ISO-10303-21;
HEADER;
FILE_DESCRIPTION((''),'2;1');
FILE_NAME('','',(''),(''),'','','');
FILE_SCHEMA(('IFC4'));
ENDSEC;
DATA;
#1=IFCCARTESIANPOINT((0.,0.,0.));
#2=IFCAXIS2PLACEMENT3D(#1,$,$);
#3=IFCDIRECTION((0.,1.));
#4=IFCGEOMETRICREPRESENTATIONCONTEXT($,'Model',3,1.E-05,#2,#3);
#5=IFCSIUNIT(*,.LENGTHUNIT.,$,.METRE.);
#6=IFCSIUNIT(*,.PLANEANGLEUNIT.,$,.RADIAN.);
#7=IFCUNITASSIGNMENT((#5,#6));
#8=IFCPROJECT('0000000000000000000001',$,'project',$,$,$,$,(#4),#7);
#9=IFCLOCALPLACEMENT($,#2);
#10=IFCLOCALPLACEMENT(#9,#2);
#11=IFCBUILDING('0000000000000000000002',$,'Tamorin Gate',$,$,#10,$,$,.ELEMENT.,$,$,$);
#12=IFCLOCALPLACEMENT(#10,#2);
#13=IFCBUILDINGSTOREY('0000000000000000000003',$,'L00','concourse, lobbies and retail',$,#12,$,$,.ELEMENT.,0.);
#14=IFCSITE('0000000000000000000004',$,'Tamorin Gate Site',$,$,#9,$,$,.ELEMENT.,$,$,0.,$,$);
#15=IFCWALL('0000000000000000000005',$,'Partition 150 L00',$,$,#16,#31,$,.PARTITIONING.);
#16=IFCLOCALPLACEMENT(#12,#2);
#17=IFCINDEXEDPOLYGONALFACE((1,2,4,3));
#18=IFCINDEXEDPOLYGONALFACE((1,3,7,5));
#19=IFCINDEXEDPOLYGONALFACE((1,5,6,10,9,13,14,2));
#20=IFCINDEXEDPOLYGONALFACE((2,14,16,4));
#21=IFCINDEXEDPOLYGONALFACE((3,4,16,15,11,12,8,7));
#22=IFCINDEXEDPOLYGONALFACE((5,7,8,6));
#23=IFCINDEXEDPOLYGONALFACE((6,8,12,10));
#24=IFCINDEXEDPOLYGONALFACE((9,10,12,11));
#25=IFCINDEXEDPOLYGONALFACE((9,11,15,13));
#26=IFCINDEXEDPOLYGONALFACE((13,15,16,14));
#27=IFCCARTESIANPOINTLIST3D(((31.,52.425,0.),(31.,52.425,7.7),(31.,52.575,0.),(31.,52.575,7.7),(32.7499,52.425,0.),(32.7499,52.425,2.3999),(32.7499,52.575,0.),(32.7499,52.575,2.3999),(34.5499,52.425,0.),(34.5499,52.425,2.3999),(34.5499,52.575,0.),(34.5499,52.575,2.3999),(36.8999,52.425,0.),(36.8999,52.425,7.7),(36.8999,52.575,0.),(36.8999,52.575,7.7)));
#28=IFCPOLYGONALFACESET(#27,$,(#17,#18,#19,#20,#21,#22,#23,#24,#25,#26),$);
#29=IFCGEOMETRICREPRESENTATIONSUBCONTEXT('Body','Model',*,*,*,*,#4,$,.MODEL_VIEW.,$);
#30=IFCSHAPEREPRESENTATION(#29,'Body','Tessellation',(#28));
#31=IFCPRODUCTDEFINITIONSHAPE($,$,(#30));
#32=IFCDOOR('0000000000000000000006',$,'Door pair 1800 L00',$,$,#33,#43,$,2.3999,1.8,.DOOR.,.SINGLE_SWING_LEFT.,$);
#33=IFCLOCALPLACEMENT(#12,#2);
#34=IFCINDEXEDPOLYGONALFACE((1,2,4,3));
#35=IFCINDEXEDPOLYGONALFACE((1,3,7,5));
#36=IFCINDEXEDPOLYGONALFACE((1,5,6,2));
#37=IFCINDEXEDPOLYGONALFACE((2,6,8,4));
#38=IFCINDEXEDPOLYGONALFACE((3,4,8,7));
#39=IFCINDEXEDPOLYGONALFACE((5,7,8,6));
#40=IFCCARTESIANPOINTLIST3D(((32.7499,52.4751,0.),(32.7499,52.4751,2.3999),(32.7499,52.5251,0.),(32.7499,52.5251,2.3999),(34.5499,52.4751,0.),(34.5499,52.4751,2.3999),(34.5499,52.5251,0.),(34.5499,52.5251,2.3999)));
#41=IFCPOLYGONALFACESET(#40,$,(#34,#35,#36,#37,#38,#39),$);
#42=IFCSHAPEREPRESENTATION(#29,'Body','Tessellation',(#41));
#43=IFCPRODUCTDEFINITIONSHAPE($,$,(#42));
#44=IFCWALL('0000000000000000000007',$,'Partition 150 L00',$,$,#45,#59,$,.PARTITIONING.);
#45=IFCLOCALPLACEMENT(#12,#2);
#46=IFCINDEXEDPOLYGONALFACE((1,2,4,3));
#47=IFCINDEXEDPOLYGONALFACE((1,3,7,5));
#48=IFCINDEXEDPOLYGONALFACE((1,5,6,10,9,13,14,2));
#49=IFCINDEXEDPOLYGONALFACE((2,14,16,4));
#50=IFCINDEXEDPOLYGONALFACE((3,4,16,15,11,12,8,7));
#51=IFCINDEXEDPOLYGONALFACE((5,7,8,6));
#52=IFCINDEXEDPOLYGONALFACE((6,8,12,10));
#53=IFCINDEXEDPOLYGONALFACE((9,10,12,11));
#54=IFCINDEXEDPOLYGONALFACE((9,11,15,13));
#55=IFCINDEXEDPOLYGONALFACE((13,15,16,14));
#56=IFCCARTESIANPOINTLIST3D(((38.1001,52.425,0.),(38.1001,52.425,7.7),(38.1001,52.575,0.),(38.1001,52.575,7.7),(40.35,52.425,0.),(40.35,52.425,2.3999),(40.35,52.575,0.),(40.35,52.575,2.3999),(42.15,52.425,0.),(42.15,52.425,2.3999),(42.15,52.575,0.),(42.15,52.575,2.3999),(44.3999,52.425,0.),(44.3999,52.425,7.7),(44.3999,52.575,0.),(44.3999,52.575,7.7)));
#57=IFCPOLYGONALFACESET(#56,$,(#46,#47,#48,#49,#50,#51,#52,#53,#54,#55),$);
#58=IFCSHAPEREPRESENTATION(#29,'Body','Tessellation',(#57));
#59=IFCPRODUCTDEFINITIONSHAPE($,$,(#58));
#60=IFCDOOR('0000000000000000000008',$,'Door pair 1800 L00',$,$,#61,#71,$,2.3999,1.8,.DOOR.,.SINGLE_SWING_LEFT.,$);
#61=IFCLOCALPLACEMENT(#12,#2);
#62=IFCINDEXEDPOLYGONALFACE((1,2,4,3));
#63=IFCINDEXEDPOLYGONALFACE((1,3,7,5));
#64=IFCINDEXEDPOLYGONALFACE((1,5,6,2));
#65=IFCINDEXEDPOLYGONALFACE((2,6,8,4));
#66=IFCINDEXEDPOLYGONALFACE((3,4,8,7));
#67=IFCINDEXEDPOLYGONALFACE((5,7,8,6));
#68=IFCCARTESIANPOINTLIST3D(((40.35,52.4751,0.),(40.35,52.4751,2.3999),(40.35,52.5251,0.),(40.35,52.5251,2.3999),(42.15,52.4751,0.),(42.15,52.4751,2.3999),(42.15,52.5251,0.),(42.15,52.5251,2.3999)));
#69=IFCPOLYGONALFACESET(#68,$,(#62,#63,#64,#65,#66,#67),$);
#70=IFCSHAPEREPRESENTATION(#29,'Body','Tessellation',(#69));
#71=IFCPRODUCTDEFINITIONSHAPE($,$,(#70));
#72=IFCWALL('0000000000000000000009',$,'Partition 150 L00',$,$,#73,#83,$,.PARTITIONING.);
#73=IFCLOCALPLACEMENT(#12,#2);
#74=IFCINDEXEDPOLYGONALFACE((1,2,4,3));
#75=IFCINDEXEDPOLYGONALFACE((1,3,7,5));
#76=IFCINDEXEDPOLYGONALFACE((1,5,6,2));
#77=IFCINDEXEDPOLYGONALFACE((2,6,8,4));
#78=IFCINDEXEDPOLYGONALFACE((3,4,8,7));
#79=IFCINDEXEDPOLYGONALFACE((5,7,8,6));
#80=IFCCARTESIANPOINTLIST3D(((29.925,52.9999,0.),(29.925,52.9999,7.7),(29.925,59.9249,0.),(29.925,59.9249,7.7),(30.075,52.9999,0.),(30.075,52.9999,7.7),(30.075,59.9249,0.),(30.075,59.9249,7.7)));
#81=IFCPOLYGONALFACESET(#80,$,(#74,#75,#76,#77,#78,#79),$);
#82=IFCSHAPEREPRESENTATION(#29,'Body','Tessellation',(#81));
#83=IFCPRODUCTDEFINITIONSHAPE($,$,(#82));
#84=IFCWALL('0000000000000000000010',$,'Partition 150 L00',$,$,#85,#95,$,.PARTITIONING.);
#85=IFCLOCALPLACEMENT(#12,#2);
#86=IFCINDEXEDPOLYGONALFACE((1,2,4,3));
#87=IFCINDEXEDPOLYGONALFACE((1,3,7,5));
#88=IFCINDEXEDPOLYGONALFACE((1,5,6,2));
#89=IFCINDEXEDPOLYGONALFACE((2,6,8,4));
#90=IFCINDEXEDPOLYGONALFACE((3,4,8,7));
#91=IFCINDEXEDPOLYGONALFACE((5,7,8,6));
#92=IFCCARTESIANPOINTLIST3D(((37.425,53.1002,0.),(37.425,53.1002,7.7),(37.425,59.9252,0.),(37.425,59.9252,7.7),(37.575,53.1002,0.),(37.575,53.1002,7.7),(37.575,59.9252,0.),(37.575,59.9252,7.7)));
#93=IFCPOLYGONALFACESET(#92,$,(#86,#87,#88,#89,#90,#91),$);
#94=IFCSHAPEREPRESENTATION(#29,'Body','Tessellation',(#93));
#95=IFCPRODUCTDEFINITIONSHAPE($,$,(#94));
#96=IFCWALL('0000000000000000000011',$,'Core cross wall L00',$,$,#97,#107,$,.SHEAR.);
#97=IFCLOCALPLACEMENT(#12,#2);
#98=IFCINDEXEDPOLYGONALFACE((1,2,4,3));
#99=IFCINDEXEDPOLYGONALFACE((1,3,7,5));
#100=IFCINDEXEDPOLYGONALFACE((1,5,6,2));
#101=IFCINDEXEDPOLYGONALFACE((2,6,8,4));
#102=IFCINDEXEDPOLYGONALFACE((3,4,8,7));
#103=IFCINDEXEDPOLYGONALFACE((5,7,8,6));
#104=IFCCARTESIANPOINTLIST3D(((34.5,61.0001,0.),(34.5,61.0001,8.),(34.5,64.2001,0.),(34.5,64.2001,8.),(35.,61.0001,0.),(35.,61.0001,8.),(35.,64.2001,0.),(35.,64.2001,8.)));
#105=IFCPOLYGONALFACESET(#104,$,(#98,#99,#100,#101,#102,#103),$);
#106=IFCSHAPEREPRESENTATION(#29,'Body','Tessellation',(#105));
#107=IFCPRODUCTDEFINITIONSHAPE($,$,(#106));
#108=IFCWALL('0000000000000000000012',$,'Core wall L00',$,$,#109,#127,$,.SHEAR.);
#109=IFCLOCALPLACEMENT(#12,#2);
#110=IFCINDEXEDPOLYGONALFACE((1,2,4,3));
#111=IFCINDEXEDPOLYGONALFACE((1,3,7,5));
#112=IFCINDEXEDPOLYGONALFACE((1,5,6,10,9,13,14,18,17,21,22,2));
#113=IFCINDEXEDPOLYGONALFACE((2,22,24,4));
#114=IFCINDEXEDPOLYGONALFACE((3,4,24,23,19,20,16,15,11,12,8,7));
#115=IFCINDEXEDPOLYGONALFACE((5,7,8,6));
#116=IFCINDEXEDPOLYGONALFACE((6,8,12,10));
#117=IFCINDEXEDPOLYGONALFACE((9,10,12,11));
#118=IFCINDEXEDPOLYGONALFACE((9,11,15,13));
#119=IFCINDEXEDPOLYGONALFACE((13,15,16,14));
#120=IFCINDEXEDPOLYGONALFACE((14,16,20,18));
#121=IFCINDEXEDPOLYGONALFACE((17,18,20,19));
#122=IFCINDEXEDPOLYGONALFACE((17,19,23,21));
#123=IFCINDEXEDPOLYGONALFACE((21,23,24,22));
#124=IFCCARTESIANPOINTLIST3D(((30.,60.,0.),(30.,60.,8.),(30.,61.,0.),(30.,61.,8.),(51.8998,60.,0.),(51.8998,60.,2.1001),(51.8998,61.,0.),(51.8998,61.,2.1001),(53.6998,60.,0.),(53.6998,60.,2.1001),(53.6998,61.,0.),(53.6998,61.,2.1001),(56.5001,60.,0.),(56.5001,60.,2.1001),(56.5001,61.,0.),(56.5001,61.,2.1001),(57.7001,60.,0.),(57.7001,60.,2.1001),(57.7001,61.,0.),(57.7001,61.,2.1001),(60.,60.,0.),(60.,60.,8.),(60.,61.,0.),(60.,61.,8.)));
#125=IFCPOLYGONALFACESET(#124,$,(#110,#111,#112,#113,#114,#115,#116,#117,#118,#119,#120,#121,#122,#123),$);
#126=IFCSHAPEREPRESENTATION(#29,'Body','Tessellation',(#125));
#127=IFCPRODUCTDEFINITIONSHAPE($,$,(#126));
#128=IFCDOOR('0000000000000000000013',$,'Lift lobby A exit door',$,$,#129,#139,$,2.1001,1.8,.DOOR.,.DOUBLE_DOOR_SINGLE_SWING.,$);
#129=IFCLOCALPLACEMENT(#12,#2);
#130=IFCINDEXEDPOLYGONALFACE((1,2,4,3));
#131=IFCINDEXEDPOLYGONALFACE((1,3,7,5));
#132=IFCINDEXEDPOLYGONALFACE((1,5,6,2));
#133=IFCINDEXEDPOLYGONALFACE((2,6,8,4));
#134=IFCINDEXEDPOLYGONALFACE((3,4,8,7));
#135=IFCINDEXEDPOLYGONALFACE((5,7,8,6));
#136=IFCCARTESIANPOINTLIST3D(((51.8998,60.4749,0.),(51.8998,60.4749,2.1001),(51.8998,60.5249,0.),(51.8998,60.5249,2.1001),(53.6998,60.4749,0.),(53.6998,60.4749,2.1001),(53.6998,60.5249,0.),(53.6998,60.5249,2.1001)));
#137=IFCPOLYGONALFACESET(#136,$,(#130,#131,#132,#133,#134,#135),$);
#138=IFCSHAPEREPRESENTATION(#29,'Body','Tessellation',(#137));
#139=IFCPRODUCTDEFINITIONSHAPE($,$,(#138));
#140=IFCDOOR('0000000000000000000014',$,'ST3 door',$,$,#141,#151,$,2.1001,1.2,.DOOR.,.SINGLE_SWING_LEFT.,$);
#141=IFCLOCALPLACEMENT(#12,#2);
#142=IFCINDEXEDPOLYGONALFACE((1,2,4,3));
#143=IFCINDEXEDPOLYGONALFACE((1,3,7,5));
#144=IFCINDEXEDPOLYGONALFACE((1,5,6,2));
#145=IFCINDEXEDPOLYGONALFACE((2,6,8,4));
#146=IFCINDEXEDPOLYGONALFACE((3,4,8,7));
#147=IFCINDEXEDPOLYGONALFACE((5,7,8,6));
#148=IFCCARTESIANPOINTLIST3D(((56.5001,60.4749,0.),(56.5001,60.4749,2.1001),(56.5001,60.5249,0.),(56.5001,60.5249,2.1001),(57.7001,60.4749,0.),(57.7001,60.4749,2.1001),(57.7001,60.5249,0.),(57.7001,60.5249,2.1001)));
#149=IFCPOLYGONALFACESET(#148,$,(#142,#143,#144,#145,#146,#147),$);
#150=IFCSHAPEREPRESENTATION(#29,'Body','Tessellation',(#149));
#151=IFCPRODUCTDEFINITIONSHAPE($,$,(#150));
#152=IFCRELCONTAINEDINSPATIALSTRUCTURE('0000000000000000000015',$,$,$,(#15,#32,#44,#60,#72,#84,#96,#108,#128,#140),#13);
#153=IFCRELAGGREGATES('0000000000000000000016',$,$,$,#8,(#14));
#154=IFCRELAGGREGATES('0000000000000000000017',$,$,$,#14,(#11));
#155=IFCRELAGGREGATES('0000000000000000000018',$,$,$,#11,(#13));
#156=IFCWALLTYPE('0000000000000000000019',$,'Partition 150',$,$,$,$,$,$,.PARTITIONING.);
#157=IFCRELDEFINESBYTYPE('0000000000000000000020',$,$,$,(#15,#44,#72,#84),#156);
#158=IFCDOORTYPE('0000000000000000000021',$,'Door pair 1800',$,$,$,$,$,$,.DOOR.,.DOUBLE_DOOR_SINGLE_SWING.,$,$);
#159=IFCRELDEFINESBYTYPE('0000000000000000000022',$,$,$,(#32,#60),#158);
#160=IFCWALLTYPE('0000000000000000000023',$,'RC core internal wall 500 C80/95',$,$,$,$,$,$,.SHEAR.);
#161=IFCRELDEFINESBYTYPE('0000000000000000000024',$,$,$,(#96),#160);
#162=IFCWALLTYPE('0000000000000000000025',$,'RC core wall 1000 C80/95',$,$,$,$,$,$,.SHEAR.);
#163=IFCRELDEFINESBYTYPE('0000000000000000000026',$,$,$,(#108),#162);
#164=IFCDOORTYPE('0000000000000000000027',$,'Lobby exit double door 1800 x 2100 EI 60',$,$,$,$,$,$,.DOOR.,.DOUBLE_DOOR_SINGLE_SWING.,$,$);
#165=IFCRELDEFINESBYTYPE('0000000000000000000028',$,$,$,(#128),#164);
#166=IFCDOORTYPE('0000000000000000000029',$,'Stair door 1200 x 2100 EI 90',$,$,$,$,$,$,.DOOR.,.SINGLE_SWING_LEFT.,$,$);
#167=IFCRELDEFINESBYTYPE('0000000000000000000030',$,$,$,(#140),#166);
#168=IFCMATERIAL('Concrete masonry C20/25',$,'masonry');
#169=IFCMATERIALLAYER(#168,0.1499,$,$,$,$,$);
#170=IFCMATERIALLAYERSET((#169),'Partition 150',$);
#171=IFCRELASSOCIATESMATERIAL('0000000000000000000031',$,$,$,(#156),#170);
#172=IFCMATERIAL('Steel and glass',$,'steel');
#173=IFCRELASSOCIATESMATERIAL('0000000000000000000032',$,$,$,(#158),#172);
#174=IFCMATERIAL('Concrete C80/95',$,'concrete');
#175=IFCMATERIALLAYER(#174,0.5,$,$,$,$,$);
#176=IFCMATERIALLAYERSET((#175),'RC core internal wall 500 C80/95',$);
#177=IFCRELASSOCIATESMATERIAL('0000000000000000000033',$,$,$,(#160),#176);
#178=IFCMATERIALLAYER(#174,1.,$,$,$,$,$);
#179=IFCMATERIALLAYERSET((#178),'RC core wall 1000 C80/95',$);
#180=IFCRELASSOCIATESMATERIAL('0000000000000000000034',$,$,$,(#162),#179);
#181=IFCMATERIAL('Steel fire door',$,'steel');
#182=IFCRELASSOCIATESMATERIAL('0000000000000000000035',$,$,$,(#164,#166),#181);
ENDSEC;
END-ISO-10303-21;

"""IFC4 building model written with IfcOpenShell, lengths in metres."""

from ifc_helpers import new_model, si_unit, direction, frame, frame_2d, origin, place, context, subcontext, project, spatial, rectangle, extrude, material, layer, layer_set, type_object, element, fill, save


model = new_model("IFC4")

# Units and contexts
model_context = context("Model", 3, precision=1e-05, world=origin(), true_north=direction((0.0, 1.0)))
body_context = subcontext(model_context, "Body", "Model", "MODEL_VIEW")
ifc_project = project(units=[si_unit("LENGTHUNIT", "METRE"), si_unit("PLANEANGLEUNIT", "RADIAN")], contexts=[model_context])

# Site, building, storey
site_placement = place(None, origin())
site = spatial("IfcSite", under=ifc_project, at=site_placement, Name="Tamorin Gate Site", CompositionType="ELEMENT", RefElevation=0.0)
building_placement = place(site_placement, origin())
building = spatial("IfcBuilding", under=site, at=building_placement, Name="Tamorin Gate", CompositionType="ELEMENT")
storey_placement = place(building_placement, origin())
storey = spatial("IfcBuildingStorey", under=building, at=storey_placement, Name="L00", Description="concourse, lobbies and retail", CompositionType="ELEMENT", Elevation=0.0)

# Shared definitions
ifc_material_1 = material(Name="Concrete C80/95", Category="concrete")

# Shared definitions
ifc_material_2 = material(Name="Concrete masonry C20/25", Category="masonry")
ifc_layer_1 = layer(ifc_material_2, 0.1499)
ifc_layer_set_1 = layer_set([ifc_layer_1], Name="Partition 150")
wall_type_1 = type_object("IfcWallType", Name="Partition 150", PredefinedType="PARTITIONING", material=ifc_layer_set_1)
ifc_material_3 = material(Name="Steel and glass", Category="steel")
door_type_1 = type_object("IfcDoorType", Name="Door pair 1800", OperationType="DOUBLE_DOOR_SINGLE_SWING", PredefinedType="DOOR", material=ifc_material_3)

# Walls, openings, doors
wall_1_placement = place(storey_placement, frame((36.8999, 52.5, 0.0), z_axis=(0.0, 0.0, 1.0), x_axis=(-1.0, 0.0, 0.0)))
wall_1 = element("IfcWall", 1, at=wall_1_placement, inside=storey, type_object=wall_type_1, Name="Partition 150 L00", PredefinedType="PARTITIONING", context=body_context, shape_type="SweptSolid", body=[
    extrude(rectangle(XDim=5.8999, YDim=0.1499, at=frame_2d((2.95, 0.0))), origin(), (0.0, 0.0, 1.0), 7.7),
])
opening_1_placement = place(wall_1_placement, frame((2.3501, 0.0, 0.0)))
opening_1 = element("IfcOpeningElement", 2, at=opening_1_placement, cuts=wall_1, PredefinedType="OPENING", context=body_context, shape_type="SweptSolid", body=[
    extrude(rectangle(XDim=1.8, YDim=2.3999, at=frame_2d((0.8999, 1.2))), frame((0.0, 0.085, 0.0), z_axis=(0.0, -1.0, 0.0), x_axis=(1.0, 0.0, 0.0)), (0.0, 0.0, 1.0), 0.1699),
])
door_1_placement = place(opening_1_placement, origin())
door_1 = element("IfcDoor", 3, at=door_1_placement, inside=storey, type_object=door_type_1, Name="Door pair 1800 L00", OperationType="SINGLE_SWING_LEFT", OverallHeight=2.3999, OverallWidth=1.8, PredefinedType="DOOR", context=body_context, shape_type="SweptSolid", body=[
    extrude(rectangle(XDim=1.8, YDim=2.3999, at=frame_2d((0.8999, 1.2))), frame((0.0, 0.0249, 0.0), z_axis=(0.0, -1.0, 0.0), x_axis=(1.0, 0.0, 0.0)), (0.0, 0.0, 1.0), 0.05),
])
fill(opening_1, door_1)
wall_2_placement = place(storey_placement, frame((44.3999, 52.5, 0.0), z_axis=(0.0, 0.0, 1.0), x_axis=(-1.0, 0.0, 0.0)))
wall_2 = element("IfcWall", 4, at=wall_2_placement, inside=storey, type_object=wall_type_1, Name="Partition 150 L00", PredefinedType="PARTITIONING", context=body_context, shape_type="SweptSolid", body=[
    extrude(rectangle(XDim=6.2998, YDim=0.1499, at=frame_2d((3.1499, 0.0))), origin(), (0.0, 0.0, 1.0), 7.7),
])
opening_2_placement = place(wall_2_placement, frame((2.25, 0.0, 0.0)))
opening_2 = element("IfcOpeningElement", 5, at=opening_2_placement, cuts=wall_2, PredefinedType="OPENING", context=body_context, shape_type="SweptSolid", body=[
    extrude(rectangle(XDim=1.8, YDim=2.3999, at=frame_2d((0.8999, 1.2))), frame((0.0, 0.085, 0.0), z_axis=(0.0, -1.0, 0.0), x_axis=(1.0, 0.0, 0.0)), (0.0, 0.0, 1.0), 0.1699),
])
door_2_placement = place(opening_2_placement, origin())
door_2 = element("IfcDoor", 6, at=door_2_placement, inside=storey, type_object=door_type_1, Name="Door pair 1800 L00", OperationType="SINGLE_SWING_LEFT", OverallHeight=2.3999, OverallWidth=1.8, PredefinedType="DOOR", context=body_context, shape_type="SweptSolid", body=[
    extrude(rectangle(XDim=1.8, YDim=2.3999, at=frame_2d((0.8999, 1.2))), frame((0.0, 0.0249, 0.0), z_axis=(0.0, -1.0, 0.0), x_axis=(1.0, 0.0, 0.0)), (0.0, 0.0, 1.0), 0.05),
])
fill(opening_2, door_2)

# Walls
wall_3_placement = place(storey_placement, frame((30.0, 53.0, 0.0), z_axis=(0.0, 0.0, 1.0), x_axis=(0.0, 1.0, 0.0)))
element("IfcWall", 7, at=wall_3_placement, inside=storey, type_object=wall_type_1, Name="Partition 150 L00", PredefinedType="PARTITIONING", context=body_context, shape_type="SweptSolid", body=[
    extrude(rectangle(XDim=6.925, YDim=0.1499, at=frame_2d((3.4624, 0.0))), origin(), (0.0, 0.0, 1.0), 7.7),
])
wall_4_placement = place(storey_placement, frame((37.5, 53.1001, 0.0), z_axis=(0.0, 0.0, 1.0), x_axis=(0.0, 1.0, 0.0)))
element("IfcWall", 8, at=wall_4_placement, inside=storey, type_object=wall_type_1, Name="Partition 150 L00", PredefinedType="PARTITIONING", context=body_context, shape_type="SweptSolid", body=[
    extrude(rectangle(XDim=6.825, YDim=0.1499, at=frame_2d((3.4126, 0.0))), origin(), (0.0, 0.0, 1.0), 7.7),
])
ifc_layer_2 = layer(ifc_material_1, 0.5)
ifc_layer_set_2 = layer_set([ifc_layer_2], Name="RC core internal wall 500 C80/95")
wall_type_2 = type_object("IfcWallType", Name="RC core internal wall 500 C80/95", PredefinedType="SHEAR", material=ifc_layer_set_2)
wall_5_placement = place(storey_placement, frame((34.75, 61.0, 0.0), z_axis=(0.0, 0.0, 1.0), x_axis=(0.0, 1.0, 0.0)))
element("IfcWall", 9, at=wall_5_placement, inside=storey, type_object=wall_type_2, Name="Core cross wall L00", PredefinedType="SHEAR", context=body_context, shape_type="SweptSolid", body=[
    extrude(rectangle(XDim=3.2, YDim=0.5, at=frame_2d((1.6001, 0.0))), origin(), (0.0, 0.0, 1.0), 8.0),
])

# Wall, openings, doors
ifc_layer_3 = layer(ifc_material_1, 1.0)
ifc_layer_set_3 = layer_set([ifc_layer_3], Name="RC core wall 1000 C80/95")
wall_type_3 = type_object("IfcWallType", Name="RC core wall 1000 C80/95", PredefinedType="SHEAR", material=ifc_layer_set_3)
wall_6_placement = place(storey_placement, frame((30.0, 60.5, 0.0), z_axis=(0.0, 0.0, 1.0), x_axis=(1.0, 0.0, 0.0)))
wall_6 = element("IfcWall", 10, at=wall_6_placement, inside=storey, type_object=wall_type_3, Name="Core wall L00", PredefinedType="SHEAR", context=body_context, shape_type="SweptSolid", body=[
    extrude(rectangle(XDim=30.0, YDim=1.0, at=frame_2d((15.0, 0.0))), origin(), (0.0, 0.0, 1.0), 8.0),
])
opening_3_placement = place(wall_6_placement, frame((21.8999, 0.0, 0.0)))
opening_3 = element("IfcOpeningElement", 11, at=opening_3_placement, cuts=wall_6, PredefinedType="OPENING", context=body_context, shape_type="SweptSolid", body=[
    extrude(rectangle(XDim=1.8, YDim=2.1001, at=frame_2d((0.8999, 1.05))), frame((0.0, 0.51, 0.0), z_axis=(0.0, -1.0, 0.0), x_axis=(1.0, 0.0, 0.0)), (0.0, 0.0, 1.0), 1.02),
])
opening_4_placement = place(wall_6_placement, frame((26.5, 0.0, 0.0)))
opening_4 = element("IfcOpeningElement", 12, at=opening_4_placement, cuts=wall_6, PredefinedType="OPENING", context=body_context, shape_type="SweptSolid", body=[
    extrude(rectangle(XDim=1.2, YDim=2.1001, at=frame_2d((0.6001, 1.05))), frame((0.0, 0.51, 0.0), z_axis=(0.0, -1.0, 0.0), x_axis=(1.0, 0.0, 0.0)), (0.0, 0.0, 1.0), 1.02),
])
ifc_material_4 = material(Name="Steel fire door", Category="steel")
door_type_2 = type_object("IfcDoorType", Name="Lobby exit double door 1800 x 2100 EI 60", OperationType="DOUBLE_DOOR_SINGLE_SWING", PredefinedType="DOOR", material=ifc_material_4)
door_3_placement = place(opening_3_placement, origin())
door_3 = element("IfcDoor", 13, at=door_3_placement, inside=storey, type_object=door_type_2, Name="Lift lobby A exit door", OperationType="DOUBLE_DOOR_SINGLE_SWING", OverallHeight=2.1001, OverallWidth=1.8, PredefinedType="DOOR", context=body_context, shape_type="SweptSolid", body=[
    extrude(rectangle(XDim=1.8, YDim=2.1001, at=frame_2d((0.8999, 1.05))), frame((0.0, 0.0249, 0.0), z_axis=(0.0, -1.0, 0.0), x_axis=(1.0, 0.0, 0.0)), (0.0, 0.0, 1.0), 0.05),
])
fill(opening_3, door_3)
door_type_3 = type_object("IfcDoorType", Name="Stair door 1200 x 2100 EI 90", OperationType="SINGLE_SWING_LEFT", PredefinedType="DOOR", material=ifc_material_4)
door_4_placement = place(opening_4_placement, origin())
door_4 = element("IfcDoor", 14, at=door_4_placement, inside=storey, type_object=door_type_3, Name="ST3 door", OperationType="SINGLE_SWING_LEFT", OverallHeight=2.1001, OverallWidth=1.2, PredefinedType="DOOR", context=body_context, shape_type="SweptSolid", body=[
    extrude(rectangle(XDim=1.2, YDim=2.1001, at=frame_2d((0.6001, 1.05))), frame((0.0, 0.0249, 0.0), z_axis=(0.0, -1.0, 0.0), x_axis=(1.0, 0.0, 0.0)), (0.0, 0.0, 1.0), 0.05),
])
fill(opening_4, door_4)

save(model, "model.ifc")
